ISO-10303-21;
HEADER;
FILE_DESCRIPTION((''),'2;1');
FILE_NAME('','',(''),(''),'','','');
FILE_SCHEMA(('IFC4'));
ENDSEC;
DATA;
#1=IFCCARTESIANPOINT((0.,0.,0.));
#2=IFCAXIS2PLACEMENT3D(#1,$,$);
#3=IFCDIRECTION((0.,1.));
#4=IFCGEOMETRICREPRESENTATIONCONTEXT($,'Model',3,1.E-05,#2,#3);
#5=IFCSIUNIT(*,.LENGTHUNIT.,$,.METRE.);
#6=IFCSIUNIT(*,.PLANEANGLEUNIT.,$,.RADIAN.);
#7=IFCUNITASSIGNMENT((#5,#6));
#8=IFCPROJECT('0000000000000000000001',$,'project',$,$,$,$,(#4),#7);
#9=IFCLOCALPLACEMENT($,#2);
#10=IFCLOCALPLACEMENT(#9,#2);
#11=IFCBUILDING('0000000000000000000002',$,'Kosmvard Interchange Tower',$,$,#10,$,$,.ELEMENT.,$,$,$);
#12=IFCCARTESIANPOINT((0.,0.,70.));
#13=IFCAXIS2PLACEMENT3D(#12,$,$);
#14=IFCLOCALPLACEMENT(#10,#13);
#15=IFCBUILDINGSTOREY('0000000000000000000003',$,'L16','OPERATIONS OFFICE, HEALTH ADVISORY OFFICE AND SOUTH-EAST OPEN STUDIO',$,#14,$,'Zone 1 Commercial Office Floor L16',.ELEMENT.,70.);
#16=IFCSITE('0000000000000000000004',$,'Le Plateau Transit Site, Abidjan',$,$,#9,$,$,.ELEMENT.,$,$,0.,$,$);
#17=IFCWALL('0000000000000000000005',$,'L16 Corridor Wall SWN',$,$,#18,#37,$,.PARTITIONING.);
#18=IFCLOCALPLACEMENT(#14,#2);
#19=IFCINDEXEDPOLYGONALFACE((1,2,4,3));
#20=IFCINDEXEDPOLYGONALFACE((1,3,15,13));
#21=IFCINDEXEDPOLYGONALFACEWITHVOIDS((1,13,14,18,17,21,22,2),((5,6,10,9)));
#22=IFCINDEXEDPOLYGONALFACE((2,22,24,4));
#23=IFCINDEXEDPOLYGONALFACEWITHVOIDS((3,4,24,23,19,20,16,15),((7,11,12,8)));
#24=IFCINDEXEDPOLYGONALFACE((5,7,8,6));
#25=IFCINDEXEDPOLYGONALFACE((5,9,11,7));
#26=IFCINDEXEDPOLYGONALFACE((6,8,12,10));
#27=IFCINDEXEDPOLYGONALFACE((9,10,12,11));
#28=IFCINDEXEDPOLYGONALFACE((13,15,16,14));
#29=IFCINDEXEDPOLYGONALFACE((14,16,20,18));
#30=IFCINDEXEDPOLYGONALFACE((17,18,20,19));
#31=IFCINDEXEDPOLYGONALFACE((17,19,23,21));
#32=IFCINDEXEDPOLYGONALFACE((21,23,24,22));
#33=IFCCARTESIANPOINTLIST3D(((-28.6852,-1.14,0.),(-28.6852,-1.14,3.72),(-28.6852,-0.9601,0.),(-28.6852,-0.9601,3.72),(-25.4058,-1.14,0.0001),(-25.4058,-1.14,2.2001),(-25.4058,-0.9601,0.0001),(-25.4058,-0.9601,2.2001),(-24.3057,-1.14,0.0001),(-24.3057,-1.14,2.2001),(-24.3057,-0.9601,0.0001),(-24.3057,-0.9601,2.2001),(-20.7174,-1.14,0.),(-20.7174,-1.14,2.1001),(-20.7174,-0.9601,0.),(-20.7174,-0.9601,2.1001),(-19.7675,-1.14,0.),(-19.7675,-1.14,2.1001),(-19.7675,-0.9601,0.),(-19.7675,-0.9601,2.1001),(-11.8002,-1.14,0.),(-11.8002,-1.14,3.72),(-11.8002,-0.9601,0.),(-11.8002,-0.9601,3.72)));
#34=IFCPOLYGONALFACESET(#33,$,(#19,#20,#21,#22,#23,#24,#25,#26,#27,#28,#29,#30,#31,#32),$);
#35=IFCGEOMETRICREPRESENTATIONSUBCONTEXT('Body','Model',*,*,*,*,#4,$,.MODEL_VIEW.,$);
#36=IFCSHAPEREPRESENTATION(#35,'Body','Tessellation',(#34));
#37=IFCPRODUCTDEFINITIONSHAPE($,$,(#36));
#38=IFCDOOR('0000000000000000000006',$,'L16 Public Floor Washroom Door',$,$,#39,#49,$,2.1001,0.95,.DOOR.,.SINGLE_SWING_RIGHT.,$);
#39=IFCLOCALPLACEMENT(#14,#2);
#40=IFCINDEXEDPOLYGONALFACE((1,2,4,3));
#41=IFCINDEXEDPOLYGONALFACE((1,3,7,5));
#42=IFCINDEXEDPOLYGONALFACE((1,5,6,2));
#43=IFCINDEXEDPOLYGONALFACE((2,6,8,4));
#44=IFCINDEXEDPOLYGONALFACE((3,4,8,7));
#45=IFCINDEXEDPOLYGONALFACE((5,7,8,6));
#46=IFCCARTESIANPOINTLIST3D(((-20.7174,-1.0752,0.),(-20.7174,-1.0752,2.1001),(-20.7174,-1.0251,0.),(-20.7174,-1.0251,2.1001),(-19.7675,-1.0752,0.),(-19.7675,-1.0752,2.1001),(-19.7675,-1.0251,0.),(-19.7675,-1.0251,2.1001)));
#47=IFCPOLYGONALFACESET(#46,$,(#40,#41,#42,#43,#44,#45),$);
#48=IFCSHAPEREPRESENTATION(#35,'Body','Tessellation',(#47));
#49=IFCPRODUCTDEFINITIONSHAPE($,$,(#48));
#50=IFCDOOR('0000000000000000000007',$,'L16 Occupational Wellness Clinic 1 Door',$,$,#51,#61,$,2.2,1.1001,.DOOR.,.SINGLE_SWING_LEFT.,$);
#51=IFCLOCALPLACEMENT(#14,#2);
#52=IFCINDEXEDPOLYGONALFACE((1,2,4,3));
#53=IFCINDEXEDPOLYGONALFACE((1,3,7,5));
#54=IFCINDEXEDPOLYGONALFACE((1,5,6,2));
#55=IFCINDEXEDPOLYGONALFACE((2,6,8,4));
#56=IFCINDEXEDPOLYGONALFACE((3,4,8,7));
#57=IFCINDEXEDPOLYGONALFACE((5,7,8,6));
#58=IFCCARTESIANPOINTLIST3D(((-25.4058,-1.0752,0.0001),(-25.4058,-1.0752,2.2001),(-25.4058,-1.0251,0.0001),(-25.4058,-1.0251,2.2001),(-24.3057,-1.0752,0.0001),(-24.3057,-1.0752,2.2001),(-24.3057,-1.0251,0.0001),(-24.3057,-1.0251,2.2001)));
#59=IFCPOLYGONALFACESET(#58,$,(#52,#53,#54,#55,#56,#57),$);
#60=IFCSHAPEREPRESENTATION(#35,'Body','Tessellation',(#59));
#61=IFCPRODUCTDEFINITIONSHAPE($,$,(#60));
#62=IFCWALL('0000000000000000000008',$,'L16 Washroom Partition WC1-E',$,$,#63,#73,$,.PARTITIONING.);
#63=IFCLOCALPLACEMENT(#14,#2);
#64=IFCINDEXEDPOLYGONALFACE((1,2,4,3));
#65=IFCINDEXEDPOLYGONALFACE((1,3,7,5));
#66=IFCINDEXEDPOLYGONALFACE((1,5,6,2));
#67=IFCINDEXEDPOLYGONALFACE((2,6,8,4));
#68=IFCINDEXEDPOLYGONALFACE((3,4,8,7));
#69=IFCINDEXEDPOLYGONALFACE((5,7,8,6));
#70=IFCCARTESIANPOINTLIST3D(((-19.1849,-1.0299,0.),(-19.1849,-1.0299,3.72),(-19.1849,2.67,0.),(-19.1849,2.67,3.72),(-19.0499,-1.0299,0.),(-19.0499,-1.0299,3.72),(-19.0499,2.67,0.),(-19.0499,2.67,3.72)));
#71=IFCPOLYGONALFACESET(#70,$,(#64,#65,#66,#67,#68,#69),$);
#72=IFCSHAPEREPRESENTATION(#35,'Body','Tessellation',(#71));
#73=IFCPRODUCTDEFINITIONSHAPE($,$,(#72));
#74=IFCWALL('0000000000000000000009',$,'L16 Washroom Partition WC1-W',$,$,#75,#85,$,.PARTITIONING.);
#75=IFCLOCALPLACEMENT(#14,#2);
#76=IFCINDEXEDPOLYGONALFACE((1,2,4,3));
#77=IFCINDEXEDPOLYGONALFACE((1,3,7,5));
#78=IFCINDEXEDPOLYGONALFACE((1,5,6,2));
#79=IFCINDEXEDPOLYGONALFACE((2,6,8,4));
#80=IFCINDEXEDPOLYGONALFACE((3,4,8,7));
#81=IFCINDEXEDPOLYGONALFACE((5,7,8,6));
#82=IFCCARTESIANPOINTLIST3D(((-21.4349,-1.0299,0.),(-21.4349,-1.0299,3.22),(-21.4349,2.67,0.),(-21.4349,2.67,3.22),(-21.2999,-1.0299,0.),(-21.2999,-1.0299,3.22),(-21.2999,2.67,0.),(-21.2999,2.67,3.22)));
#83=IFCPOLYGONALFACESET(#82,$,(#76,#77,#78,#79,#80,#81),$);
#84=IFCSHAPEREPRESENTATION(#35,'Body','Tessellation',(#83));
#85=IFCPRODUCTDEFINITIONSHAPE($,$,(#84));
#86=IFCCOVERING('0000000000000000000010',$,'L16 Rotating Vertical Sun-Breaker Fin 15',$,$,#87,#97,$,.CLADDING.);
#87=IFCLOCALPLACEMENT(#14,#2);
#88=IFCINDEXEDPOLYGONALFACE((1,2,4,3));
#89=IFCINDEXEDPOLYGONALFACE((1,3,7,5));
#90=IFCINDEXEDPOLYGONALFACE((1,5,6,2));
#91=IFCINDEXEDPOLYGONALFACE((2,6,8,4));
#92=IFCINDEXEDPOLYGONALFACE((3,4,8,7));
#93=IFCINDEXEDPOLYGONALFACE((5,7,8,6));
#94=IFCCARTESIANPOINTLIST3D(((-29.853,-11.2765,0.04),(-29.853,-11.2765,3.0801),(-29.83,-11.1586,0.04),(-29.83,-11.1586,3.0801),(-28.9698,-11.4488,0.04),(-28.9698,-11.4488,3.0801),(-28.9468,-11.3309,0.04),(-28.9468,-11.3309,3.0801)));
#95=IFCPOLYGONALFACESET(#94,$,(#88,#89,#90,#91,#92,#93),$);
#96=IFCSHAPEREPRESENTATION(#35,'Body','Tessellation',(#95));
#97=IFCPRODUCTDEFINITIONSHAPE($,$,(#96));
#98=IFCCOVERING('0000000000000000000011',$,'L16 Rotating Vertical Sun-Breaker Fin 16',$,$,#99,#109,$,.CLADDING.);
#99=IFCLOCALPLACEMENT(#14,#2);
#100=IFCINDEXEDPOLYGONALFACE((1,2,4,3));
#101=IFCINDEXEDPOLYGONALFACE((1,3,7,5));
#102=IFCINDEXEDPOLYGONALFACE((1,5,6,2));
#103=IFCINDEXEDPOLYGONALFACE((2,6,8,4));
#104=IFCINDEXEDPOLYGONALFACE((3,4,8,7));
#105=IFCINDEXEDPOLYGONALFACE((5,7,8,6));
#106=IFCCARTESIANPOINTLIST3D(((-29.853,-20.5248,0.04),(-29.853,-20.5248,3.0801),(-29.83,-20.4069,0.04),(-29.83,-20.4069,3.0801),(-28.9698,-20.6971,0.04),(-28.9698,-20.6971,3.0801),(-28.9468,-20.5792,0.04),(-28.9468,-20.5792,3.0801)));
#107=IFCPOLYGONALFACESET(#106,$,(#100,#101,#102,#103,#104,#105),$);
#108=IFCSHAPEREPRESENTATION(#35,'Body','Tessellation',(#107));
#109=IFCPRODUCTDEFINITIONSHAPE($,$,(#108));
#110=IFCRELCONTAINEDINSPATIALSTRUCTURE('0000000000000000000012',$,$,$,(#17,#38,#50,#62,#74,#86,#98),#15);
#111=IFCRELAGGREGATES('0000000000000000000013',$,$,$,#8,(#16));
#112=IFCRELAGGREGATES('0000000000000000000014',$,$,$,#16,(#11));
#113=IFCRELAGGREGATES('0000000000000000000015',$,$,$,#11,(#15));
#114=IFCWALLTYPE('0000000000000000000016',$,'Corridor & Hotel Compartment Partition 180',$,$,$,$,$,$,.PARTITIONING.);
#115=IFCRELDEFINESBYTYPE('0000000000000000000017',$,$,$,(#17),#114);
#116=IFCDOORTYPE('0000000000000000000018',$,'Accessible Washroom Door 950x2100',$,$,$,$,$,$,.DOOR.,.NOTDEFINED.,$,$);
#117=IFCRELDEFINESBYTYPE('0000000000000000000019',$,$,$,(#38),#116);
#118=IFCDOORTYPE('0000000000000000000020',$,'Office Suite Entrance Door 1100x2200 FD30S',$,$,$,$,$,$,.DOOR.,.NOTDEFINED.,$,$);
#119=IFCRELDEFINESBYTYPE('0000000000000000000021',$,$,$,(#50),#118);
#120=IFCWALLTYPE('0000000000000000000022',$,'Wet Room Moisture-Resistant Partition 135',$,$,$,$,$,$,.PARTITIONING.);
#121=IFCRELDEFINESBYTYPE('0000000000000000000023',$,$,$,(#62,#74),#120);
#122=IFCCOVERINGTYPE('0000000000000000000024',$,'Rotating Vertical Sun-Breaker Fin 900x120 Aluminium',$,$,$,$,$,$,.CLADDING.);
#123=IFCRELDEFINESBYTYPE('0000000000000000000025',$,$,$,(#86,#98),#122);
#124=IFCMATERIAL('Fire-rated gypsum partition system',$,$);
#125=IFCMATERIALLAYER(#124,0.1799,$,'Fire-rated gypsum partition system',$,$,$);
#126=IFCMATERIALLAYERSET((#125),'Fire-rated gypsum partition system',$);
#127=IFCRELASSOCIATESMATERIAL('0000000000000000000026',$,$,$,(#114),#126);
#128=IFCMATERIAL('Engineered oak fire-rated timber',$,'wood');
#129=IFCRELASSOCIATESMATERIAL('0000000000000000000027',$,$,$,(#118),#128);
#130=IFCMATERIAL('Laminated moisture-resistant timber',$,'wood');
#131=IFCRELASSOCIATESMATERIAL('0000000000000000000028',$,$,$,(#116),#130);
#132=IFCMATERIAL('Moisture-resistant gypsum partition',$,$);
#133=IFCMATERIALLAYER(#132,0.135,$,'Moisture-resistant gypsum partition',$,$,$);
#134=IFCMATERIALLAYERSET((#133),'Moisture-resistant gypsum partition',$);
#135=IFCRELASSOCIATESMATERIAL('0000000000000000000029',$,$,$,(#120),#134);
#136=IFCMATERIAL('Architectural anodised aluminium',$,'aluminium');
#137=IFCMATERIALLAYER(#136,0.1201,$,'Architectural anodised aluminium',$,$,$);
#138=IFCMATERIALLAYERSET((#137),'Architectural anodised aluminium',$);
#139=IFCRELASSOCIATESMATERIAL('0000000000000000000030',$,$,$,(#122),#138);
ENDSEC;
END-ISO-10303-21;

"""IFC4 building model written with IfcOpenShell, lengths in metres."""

from ifc_helpers import new_model, si_unit, direction, frame, frame_2d, origin, origin_2d, place, context, subcontext, project, spatial, rectangle, extrude, source, transform, mapped, material, layer, layer_set, type_object, element, fill, save


model = new_model("IFC4")

# Units and contexts
model_context = context("Model", 3, precision=1e-05, world=origin(), true_north=direction((0.0, 1.0)))
body_context = subcontext(model_context, "Body", "Model", "MODEL_VIEW")
ifc_project = project(units=[si_unit("LENGTHUNIT", "METRE"), si_unit("PLANEANGLEUNIT", "RADIAN")], contexts=[model_context])

# Site, building, storey
site_placement = place(None, origin())
site = spatial("IfcSite", under=ifc_project, at=site_placement, Name="Le Plateau Transit Site, Abidjan", CompositionType="ELEMENT", RefElevation=0.0)
building_placement = place(site_placement, origin())
building = spatial("IfcBuilding", under=site, at=building_placement, Name="Kosmvard Interchange Tower", CompositionType="ELEMENT")
storey_placement = place(building_placement, frame((0.0, 0.0, 70.0)))
storey = spatial("IfcBuildingStorey", under=building, at=storey_placement, Name="L16", Description="OPERATIONS OFFICE, HEALTH ADVISORY OFFICE AND SOUTH-EAST OPEN STUDIO", LongName="Zone 1 Commercial Office Floor L16", CompositionType="ELEMENT", Elevation=70.0)

# Shared definitions
ifc_material_1 = material(Name="Fire-rated gypsum partition system")
ifc_layer_1 = layer(ifc_material_1, 0.1799, Name="Fire-rated gypsum partition system")
ifc_layer_set_1 = layer_set([ifc_layer_1], Name="Fire-rated gypsum partition system")
wall_type_1 = type_object("IfcWallType", Name="Corridor & Hotel Compartment Partition 180", PredefinedType="PARTITIONING", material=ifc_layer_set_1)
ifc_material_2 = material(Name="Engineered oak fire-rated timber", Category="wood")
door_type_1 = type_object("IfcDoorType", Name="Office Suite Entrance Door 1100x2200 FD30S", OperationType="NOTDEFINED", PredefinedType="DOOR", material=ifc_material_2)
shared_shape_1 = source(origin(), body_context, "Body", "SweptSolid", [
    extrude(rectangle(XDim=1.1001, YDim=2.2, at=frame_2d((0.55, 1.1001))), frame((0.0, 0.0249, 0.0), z_axis=(0.0, -1.0, 0.0), x_axis=(1.0, 0.0, 0.0)), (0.0, 0.0, 1.0), 0.05),
])

# Wall, openings, doors
wall_1_placement = place(storey_placement, frame((-28.6851, -1.05, 0.0), z_axis=(0.0, 0.0, 1.0), x_axis=(1.0, 0.0, 0.0)))
wall_1 = element("IfcWall", 1, at=wall_1_placement, inside=storey, type_object=wall_type_1, Name="L16 Corridor Wall SWN", PredefinedType="PARTITIONING", context=body_context, shape_type="SweptSolid", body=[
    extrude(rectangle(XDim=16.885, YDim=0.1799, at=frame_2d((8.4424, 0.0))), origin(), (0.0, 0.0, 1.0), 3.72),
])
opening_1_placement = place(wall_1_placement, frame((7.9675, 0.0, 0.0)))
opening_1 = element("IfcOpeningElement", 2, at=opening_1_placement, cuts=wall_1, PredefinedType="OPENING", context=body_context, shape_type="SweptSolid", body=[
    extrude(rectangle(XDim=0.95, YDim=2.1001, at=frame_2d((0.4751, 1.05))), frame((0.0, 0.1001, 0.0), z_axis=(0.0, -1.0, 0.0), x_axis=(1.0, 0.0, 0.0)), (0.0, 0.0, 1.0), 0.2),
])
opening_2_placement = place(wall_1_placement, frame((3.2793, 0.0, 0.0)))
opening_2 = element("IfcOpeningElement", 3, at=opening_2_placement, cuts=wall_1, PredefinedType="OPENING", context=body_context, shape_type="SweptSolid", body=[
    extrude(rectangle(XDim=1.1001, YDim=2.2, at=frame_2d((0.55, 1.1001))), frame((0.0, 0.1001, 0.0), z_axis=(0.0, -1.0, 0.0), x_axis=(1.0, 0.0, 0.0)), (0.0, 0.0, 1.0), 0.2),
])
ifc_material_3 = material(Name="Laminated moisture-resistant timber", Category="wood")
door_type_2 = type_object("IfcDoorType", Name="Accessible Washroom Door 950x2100", OperationType="NOTDEFINED", PredefinedType="DOOR", material=ifc_material_3)
shared_shape_2 = source(origin(), body_context, "Body", "SweptSolid", [
    extrude(rectangle(XDim=0.95, YDim=2.1001, at=frame_2d((0.4751, 1.05))), frame((0.0, 0.0249, 0.0), z_axis=(0.0, -1.0, 0.0), x_axis=(1.0, 0.0, 0.0)), (0.0, 0.0, 1.0), 0.05),
])
door_1_placement = place(opening_1_placement, origin())
door_1 = element("IfcDoor", 4, at=door_1_placement, inside=storey, type_object=door_type_2, Name="L16 Public Floor Washroom Door", OperationType="SINGLE_SWING_RIGHT", OverallHeight=2.1001, OverallWidth=0.95, PredefinedType="DOOR", context=body_context, shape_type="MappedRepresentation", body=[
    mapped(shared_shape_2, transform((0.0, 0.0, 0.0), scale=1.0)),
])
fill(opening_1, door_1)
door_2_placement = place(opening_2_placement, origin())
door_2 = element("IfcDoor", 5, at=door_2_placement, inside=storey, type_object=door_type_1, Name="L16 Occupational Wellness Clinic 1 Door", OperationType="SINGLE_SWING_LEFT", OverallHeight=2.2, OverallWidth=1.1001, PredefinedType="DOOR", context=body_context, shape_type="MappedRepresentation", body=[
    mapped(shared_shape_1, transform((0.0, 0.0, 0.0), scale=1.0)),
])
fill(opening_2, door_2)

# Walls
ifc_material_4 = material(Name="Moisture-resistant gypsum partition")
ifc_layer_2 = layer(ifc_material_4, 0.135, Name="Moisture-resistant gypsum partition")
ifc_layer_set_2 = layer_set([ifc_layer_2], Name="Moisture-resistant gypsum partition")
wall_type_2 = type_object("IfcWallType", Name="Wet Room Moisture-Resistant Partition 135", PredefinedType="PARTITIONING", material=ifc_layer_set_2)
wall_2_placement = place(storey_placement, frame((-19.1174, -1.03, 0.0), z_axis=(0.0, 0.0, 1.0), x_axis=(0.0, 1.0, 0.0)))
element("IfcWall", 6, at=wall_2_placement, inside=storey, type_object=wall_type_2, Name="L16 Washroom Partition WC1-E", PredefinedType="PARTITIONING", context=body_context, shape_type="SweptSolid", body=[
    extrude(rectangle(XDim=3.7, YDim=0.135, at=frame_2d((1.8501, 0.0))), origin(), (0.0, 0.0, 1.0), 3.72),
])
wall_3_placement = place(storey_placement, frame((-21.3674, -1.03, 0.0), z_axis=(0.0, 0.0, 1.0), x_axis=(0.0, 1.0, 0.0)))
element("IfcWall", 7, at=wall_3_placement, inside=storey, type_object=wall_type_2, Name="L16 Washroom Partition WC1-W", PredefinedType="PARTITIONING", context=body_context, shape_type="SweptSolid", body=[
    extrude(rectangle(XDim=3.7, YDim=0.135, at=frame_2d((1.8501, 0.0))), origin(), (0.0, 0.0, 1.0), 3.22),
])

# Coverings
ifc_material_5 = material(Name="Architectural anodised aluminium", Category="aluminium")
ifc_layer_3 = layer(ifc_material_5, 0.1201, Name="Architectural anodised aluminium")
ifc_layer_set_3 = layer_set([ifc_layer_3], Name="Architectural anodised aluminium")
covering_type = type_object("IfcCoveringType", Name="Rotating Vertical Sun-Breaker Fin 900x120 Aluminium", PredefinedType="CLADDING", material=ifc_layer_set_3)
shared_shape_3 = source(origin(), body_context, "Body", "SweptSolid", [
    extrude(rectangle(XDim=0.8999, YDim=0.1201, at=origin_2d()), origin(), (0.0, 0.0, 1.0), 3.04),
])
for number, where, z_axis, x_axis, name in (
    (8, (-29.3999, -11.3037, 0.04), (0.0, 0.0, 1.0), (-0.981494, 0.191494, 0.0), "L16 Rotating Vertical Sun-Breaker Fin 15"),
    (9, (-29.3999, -20.552, 0.04), (0.0, 0.0, 1.0), (-0.981494, 0.191494, 0.0), "L16 Rotating Vertical Sun-Breaker Fin 16"),
):
    element("IfcCovering", number, at=place(storey_placement, frame(where, z_axis=z_axis, x_axis=x_axis)), inside=storey, type_object=covering_type, Name=name, PredefinedType="CLADDING", context=body_context, shape_type="MappedRepresentation", body=[
        mapped(shared_shape_3, transform((0.0, 0.0, 0.0), scale=1.0)),
    ])

save(model, "model.ifc")
